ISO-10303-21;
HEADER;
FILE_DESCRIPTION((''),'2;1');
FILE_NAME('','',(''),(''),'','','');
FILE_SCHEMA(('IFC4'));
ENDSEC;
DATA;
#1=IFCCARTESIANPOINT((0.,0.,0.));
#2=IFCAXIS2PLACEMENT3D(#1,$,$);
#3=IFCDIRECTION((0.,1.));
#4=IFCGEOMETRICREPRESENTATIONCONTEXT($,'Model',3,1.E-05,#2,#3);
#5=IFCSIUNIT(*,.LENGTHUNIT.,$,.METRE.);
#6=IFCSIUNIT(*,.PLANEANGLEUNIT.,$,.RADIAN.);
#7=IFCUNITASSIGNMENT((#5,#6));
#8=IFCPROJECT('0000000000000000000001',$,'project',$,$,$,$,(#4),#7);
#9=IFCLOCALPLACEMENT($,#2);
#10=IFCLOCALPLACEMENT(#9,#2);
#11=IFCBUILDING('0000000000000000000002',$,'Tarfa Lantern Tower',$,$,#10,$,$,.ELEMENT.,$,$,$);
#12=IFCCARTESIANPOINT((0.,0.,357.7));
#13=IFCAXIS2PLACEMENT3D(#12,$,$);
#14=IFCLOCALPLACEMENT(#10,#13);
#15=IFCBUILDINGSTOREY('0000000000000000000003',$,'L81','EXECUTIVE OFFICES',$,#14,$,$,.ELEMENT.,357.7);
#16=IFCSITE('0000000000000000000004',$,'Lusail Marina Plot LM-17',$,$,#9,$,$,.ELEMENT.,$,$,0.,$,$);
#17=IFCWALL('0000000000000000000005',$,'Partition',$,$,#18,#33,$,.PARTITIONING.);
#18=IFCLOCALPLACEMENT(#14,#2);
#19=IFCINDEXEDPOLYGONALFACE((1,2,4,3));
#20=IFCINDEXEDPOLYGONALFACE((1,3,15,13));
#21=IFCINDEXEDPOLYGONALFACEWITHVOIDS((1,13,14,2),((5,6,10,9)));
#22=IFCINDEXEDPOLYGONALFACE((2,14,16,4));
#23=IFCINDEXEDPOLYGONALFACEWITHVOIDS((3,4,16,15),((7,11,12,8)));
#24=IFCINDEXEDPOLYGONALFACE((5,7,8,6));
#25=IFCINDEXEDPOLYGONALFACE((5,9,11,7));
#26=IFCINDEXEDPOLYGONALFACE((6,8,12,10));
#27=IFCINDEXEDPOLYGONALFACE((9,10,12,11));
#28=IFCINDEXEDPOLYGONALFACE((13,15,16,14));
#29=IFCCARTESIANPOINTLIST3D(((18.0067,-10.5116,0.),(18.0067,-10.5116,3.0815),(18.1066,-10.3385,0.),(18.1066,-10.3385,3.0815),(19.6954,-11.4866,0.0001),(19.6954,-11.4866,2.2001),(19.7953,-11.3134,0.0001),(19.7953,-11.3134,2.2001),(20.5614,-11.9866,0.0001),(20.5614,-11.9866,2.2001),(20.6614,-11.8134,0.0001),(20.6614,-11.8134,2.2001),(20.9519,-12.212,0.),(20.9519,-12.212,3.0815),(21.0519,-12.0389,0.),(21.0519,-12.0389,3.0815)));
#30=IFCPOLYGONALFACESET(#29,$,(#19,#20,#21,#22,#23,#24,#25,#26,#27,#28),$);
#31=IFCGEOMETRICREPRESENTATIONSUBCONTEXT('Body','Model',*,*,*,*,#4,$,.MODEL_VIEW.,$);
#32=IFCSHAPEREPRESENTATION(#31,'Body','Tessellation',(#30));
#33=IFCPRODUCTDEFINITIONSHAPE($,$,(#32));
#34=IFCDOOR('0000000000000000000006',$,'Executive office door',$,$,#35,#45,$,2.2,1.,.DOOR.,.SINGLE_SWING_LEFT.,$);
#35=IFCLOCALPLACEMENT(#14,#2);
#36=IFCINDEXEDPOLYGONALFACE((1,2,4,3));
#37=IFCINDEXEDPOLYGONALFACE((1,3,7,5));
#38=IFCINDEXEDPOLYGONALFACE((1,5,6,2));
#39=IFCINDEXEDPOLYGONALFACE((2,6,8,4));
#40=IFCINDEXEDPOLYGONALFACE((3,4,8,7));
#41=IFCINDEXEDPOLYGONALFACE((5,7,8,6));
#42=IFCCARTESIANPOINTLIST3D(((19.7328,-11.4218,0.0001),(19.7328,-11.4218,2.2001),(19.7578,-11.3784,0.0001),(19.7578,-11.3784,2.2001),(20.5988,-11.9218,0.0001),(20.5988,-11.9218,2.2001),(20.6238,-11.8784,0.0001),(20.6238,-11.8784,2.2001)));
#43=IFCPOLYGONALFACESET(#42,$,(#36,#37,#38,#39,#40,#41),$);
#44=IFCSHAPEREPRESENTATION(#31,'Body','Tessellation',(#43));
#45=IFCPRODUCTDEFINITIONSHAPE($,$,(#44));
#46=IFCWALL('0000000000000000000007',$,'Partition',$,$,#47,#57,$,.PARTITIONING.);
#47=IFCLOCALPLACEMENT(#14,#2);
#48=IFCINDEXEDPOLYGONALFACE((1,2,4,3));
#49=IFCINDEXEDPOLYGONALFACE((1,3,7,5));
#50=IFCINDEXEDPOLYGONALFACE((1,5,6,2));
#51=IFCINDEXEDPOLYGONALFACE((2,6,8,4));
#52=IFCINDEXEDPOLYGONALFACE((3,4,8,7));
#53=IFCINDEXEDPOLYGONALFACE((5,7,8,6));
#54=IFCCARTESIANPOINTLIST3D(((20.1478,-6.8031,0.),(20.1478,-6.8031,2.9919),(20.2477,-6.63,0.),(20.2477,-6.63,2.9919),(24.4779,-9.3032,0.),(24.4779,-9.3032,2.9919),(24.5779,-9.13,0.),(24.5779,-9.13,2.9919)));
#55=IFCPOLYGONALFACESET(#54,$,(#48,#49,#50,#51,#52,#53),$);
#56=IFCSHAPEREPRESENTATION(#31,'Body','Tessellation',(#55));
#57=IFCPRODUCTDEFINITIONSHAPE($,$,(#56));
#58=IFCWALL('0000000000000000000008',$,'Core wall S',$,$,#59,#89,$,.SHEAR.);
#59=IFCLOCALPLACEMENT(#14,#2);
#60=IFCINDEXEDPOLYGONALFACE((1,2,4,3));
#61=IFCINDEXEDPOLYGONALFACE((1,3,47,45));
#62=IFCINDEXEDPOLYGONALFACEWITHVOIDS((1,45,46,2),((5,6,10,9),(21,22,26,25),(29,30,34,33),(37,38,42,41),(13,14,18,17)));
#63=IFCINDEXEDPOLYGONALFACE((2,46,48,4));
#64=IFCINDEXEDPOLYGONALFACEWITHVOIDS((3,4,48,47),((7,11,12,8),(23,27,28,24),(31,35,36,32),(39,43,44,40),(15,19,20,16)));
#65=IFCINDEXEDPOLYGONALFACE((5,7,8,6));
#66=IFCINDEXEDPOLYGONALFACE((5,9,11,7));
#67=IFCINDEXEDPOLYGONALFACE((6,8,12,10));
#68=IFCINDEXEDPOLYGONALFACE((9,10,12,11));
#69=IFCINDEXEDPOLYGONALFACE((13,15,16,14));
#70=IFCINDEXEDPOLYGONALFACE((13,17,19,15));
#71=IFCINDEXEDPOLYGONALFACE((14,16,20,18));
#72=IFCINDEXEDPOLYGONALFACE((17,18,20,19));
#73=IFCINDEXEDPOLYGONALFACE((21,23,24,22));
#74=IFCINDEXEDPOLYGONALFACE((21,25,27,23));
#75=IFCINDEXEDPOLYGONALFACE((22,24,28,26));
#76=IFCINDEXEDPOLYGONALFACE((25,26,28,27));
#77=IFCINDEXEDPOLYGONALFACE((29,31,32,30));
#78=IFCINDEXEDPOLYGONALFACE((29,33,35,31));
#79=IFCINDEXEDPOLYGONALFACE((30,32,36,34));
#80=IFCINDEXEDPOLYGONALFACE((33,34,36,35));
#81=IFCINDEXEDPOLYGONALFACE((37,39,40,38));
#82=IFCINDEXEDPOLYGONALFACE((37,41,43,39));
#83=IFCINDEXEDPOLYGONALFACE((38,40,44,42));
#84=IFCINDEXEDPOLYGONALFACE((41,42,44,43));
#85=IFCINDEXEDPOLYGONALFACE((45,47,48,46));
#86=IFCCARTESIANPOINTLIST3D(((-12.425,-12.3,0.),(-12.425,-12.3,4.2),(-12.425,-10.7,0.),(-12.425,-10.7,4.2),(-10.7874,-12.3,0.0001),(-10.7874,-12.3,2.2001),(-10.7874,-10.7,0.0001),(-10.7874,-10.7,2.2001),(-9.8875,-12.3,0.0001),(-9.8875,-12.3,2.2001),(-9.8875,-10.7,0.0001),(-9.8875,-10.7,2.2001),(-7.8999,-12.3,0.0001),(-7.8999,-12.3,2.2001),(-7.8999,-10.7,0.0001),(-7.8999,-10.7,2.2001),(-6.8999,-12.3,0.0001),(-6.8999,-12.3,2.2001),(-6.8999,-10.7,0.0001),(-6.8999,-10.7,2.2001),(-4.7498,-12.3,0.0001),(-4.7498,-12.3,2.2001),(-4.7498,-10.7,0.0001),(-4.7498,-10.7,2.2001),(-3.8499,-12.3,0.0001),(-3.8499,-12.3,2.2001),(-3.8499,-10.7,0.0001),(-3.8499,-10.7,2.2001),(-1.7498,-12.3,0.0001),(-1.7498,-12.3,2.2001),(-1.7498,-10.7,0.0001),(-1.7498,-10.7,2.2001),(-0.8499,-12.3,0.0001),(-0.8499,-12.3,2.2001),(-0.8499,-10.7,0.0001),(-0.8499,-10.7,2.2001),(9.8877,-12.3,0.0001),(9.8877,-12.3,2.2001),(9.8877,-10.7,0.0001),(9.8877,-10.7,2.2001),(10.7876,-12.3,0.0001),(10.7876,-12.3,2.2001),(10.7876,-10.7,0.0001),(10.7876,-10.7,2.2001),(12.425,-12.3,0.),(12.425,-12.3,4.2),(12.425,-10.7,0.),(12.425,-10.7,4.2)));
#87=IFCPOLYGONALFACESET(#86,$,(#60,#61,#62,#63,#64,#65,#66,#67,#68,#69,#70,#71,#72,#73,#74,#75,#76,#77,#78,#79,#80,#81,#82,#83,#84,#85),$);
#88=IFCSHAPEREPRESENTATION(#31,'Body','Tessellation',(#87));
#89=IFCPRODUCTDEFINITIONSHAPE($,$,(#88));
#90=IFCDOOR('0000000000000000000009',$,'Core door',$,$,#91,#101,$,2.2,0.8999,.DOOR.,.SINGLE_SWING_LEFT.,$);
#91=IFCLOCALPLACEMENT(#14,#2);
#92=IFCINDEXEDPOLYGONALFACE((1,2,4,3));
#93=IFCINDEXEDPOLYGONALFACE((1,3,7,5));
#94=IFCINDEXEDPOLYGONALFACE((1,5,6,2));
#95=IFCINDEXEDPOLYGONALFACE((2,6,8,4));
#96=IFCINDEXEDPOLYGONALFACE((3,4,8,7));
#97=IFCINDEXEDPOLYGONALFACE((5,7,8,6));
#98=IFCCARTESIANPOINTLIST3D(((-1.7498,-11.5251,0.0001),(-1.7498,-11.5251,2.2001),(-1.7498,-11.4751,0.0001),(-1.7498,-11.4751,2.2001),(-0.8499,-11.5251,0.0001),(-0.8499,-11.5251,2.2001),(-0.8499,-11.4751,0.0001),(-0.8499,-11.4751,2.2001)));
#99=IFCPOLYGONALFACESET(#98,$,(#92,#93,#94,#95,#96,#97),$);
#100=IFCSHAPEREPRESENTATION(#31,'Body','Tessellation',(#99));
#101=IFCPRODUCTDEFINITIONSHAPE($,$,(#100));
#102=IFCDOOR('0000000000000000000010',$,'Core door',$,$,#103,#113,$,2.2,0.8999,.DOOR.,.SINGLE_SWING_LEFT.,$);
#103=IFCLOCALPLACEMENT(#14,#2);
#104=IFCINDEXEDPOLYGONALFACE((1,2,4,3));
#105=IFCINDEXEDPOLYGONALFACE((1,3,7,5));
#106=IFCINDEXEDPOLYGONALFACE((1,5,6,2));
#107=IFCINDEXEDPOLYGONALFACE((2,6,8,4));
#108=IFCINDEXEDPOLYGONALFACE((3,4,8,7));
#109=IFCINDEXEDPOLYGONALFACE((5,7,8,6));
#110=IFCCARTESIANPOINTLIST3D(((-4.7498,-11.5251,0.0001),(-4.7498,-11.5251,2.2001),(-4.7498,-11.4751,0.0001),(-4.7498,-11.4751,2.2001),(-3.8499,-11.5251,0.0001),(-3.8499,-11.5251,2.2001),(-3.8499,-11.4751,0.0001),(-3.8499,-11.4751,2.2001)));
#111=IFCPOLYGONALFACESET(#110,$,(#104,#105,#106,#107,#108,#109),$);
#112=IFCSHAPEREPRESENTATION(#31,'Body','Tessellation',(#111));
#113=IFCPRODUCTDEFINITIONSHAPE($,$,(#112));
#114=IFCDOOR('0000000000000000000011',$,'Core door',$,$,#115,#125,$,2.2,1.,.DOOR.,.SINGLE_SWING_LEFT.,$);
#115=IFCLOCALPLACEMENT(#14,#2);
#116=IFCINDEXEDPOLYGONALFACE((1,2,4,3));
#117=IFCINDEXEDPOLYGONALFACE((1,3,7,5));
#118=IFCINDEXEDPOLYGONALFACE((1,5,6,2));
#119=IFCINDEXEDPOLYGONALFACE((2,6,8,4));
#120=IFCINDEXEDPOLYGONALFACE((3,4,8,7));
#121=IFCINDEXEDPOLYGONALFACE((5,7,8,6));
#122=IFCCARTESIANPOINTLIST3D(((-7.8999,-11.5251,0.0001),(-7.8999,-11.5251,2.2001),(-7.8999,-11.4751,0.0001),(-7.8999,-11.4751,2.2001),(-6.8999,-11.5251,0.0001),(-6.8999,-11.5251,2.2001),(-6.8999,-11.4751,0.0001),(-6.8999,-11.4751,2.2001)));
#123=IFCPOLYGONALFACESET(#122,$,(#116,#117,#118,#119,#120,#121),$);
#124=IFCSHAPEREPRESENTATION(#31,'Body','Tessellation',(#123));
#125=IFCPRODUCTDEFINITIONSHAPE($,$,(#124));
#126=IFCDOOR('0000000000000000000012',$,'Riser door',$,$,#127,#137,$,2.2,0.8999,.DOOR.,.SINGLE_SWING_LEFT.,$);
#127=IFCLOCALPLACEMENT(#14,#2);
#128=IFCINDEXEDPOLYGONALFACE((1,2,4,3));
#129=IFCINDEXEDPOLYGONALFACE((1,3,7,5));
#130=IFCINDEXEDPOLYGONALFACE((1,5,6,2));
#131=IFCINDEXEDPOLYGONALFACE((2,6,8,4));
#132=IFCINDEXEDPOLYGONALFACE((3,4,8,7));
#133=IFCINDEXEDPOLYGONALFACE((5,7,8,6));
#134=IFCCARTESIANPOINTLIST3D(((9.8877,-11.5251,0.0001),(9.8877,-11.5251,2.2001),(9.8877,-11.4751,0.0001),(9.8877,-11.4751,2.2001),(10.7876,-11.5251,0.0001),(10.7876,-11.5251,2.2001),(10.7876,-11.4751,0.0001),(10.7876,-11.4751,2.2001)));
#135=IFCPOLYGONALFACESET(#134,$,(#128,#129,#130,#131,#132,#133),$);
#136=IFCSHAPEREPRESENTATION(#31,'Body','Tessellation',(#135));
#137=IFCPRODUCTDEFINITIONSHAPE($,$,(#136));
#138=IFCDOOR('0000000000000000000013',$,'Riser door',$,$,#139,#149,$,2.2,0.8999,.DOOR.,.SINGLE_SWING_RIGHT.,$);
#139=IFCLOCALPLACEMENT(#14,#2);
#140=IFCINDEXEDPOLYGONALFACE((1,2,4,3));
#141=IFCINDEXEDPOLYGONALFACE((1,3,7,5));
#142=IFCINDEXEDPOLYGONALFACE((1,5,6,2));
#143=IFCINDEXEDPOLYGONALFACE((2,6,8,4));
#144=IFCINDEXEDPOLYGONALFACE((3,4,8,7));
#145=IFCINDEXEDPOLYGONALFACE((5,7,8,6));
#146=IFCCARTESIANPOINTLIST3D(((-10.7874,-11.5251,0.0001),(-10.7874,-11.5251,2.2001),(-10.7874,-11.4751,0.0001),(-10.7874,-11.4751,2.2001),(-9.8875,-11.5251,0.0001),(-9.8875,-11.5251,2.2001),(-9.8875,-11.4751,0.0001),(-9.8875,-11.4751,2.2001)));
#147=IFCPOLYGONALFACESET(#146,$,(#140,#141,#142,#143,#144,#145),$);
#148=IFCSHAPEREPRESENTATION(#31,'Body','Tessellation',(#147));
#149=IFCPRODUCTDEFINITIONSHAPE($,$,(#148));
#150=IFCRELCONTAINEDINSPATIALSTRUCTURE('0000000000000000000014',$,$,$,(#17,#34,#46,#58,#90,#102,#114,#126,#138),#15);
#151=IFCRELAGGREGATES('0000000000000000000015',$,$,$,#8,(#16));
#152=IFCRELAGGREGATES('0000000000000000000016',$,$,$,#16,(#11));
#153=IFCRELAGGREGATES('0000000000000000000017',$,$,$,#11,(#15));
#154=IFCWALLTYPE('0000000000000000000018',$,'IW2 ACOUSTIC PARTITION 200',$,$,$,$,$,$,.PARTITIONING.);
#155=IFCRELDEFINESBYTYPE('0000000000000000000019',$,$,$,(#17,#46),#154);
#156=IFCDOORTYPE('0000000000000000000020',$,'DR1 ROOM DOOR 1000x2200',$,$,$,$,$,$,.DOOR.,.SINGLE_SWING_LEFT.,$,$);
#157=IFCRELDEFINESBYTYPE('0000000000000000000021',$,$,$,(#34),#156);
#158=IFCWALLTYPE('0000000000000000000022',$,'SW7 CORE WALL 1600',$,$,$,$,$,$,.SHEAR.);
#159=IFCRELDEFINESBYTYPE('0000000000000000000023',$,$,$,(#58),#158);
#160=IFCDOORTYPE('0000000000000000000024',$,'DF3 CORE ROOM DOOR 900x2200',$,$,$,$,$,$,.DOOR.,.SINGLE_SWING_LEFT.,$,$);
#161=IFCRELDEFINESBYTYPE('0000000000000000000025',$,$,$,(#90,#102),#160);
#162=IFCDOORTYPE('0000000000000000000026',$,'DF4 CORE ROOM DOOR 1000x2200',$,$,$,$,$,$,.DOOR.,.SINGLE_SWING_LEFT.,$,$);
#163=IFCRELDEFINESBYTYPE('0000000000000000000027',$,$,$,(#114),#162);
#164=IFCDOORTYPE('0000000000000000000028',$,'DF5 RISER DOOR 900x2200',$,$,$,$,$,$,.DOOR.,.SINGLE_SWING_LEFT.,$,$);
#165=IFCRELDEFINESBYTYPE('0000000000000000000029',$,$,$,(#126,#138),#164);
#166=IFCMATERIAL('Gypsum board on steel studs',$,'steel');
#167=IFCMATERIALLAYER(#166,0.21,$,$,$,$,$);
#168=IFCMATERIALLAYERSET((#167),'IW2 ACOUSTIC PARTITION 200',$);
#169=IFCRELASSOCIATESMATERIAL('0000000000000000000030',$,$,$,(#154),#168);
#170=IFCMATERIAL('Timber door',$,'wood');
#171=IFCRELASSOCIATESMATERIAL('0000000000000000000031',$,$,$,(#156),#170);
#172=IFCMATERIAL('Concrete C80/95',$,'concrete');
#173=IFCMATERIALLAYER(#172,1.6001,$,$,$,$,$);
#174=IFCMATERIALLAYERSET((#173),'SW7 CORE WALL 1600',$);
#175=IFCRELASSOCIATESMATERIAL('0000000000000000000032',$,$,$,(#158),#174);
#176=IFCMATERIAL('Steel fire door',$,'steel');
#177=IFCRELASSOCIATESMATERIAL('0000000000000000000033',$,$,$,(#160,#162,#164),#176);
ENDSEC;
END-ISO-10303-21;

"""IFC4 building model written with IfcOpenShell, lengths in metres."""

from ifc_helpers import new_model, si_unit, direction, frame, frame_2d, origin, place, context, subcontext, project, spatial, rectangle, extrude, material, layer, layer_set, type_object, element, fill, save


model = new_model("IFC4")

# Units and contexts
model_context = context("Model", 3, precision=1e-05, world=origin(), true_north=direction((0.0, 1.0)))
body_context = subcontext(model_context, "Body", "Model", "MODEL_VIEW")
ifc_project = project(units=[si_unit("LENGTHUNIT", "METRE"), si_unit("PLANEANGLEUNIT", "RADIAN")], contexts=[model_context])

# Site, building, storey
site_placement = place(None, origin())
site = spatial("IfcSite", under=ifc_project, at=site_placement, Name="Lusail Marina Plot LM-17", CompositionType="ELEMENT", RefElevation=0.0)
building_placement = place(site_placement, origin())
building = spatial("IfcBuilding", under=site, at=building_placement, Name="Tarfa Lantern Tower", CompositionType="ELEMENT")
storey_placement = place(building_placement, frame((0.0, 0.0, 357.7)))
storey = spatial("IfcBuildingStorey", under=building, at=storey_placement, Name="L81", Description="EXECUTIVE OFFICES", CompositionType="ELEMENT", Elevation=357.7)

# Shared definitions
ifc_material_1 = material(Name="Concrete C80/95", Category="concrete")

# Wall, opening, door
ifc_material_2 = material(Name="Gypsum board on steel studs", Category="steel")
ifc_layer_1 = layer(ifc_material_2, 0.21)
ifc_layer_set_1 = layer_set([ifc_layer_1], Name="IW2 ACOUSTIC PARTITION 200")
wall_type_1 = type_object("IfcWallType", Name="IW2 ACOUSTIC PARTITION 200", PredefinedType="PARTITIONING", material=ifc_layer_set_1)
wall_1_placement = place(storey_placement, frame((18.0566, -10.425, 0.0), z_axis=(0.0, 0.0, 1.0), x_axis=(0.86603, -0.499992, 0.0)))
wall_1 = element("IfcWall", 1, at=wall_1_placement, inside=storey, type_object=wall_type_1, Name="Partition", PredefinedType="PARTITIONING", context=body_context, shape_type="SweptSolid", body=[
    extrude(rectangle(XDim=3.4009, YDim=0.2, at=frame_2d((1.7004, 0.0))), origin(), (0.0, 0.0, 1.0), 3.0815),
])
opening_1_placement = place(wall_1_placement, frame((1.95, 0.0, 0.0)))
opening_1 = element("IfcOpeningElement", 2, at=opening_1_placement, cuts=wall_1, PredefinedType="OPENING", context=body_context, shape_type="SweptSolid", body=[
    extrude(rectangle(XDim=1.0, YDim=2.2, at=frame_2d((0.5, 1.1001))), frame((0.0, 0.1099, 0.0), z_axis=(0.0, -1.0, 0.0), x_axis=(1.0, 0.0, 0.0)), (0.0, 0.0, 1.0), 0.22),
])
ifc_material_3 = material(Name="Timber door", Category="wood")
door_type_1 = type_object("IfcDoorType", Name="DR1 ROOM DOOR 1000x2200", OperationType="SINGLE_SWING_LEFT", PredefinedType="DOOR", material=ifc_material_3)
door_1_placement = place(opening_1_placement, origin())
door_1 = element("IfcDoor", 3, at=door_1_placement, inside=storey, type_object=door_type_1, Name="Executive office door", OperationType="SINGLE_SWING_LEFT", OverallHeight=2.2, OverallWidth=1.0, PredefinedType="DOOR", context=body_context, shape_type="SweptSolid", body=[
    extrude(rectangle(XDim=1.0, YDim=2.2, at=frame_2d((0.5, 1.1001))), frame((0.0, 0.0249, 0.0), z_axis=(0.0, -1.0, 0.0), x_axis=(1.0, 0.0, 0.0)), (0.0, 0.0, 1.0), 0.05),
])
fill(opening_1, door_1)

# Wall
wall_2_placement = place(storey_placement, frame((20.1978, -6.7166, 0.0), z_axis=(0.0, 0.0, 1.0), x_axis=(0.866023, -0.500004, 0.0)))
element("IfcWall", 4, at=wall_2_placement, inside=storey, type_object=wall_type_1, Name="Partition", PredefinedType="PARTITIONING", context=body_context, shape_type="SweptSolid", body=[
    extrude(rectangle(XDim=5.0, YDim=0.2, at=frame_2d((2.5, 0.0))), origin(), (0.0, 0.0, 1.0), 2.9919),
])

# Shared definitions
ifc_material_4 = material(Name="Steel fire door", Category="steel")

# Wall, openings, doors
ifc_layer_2 = layer(ifc_material_1, 1.6001)
ifc_layer_set_2 = layer_set([ifc_layer_2], Name="SW7 CORE WALL 1600")
wall_type_2 = type_object("IfcWallType", Name="SW7 CORE WALL 1600", PredefinedType="SHEAR", material=ifc_layer_set_2)
wall_3_placement = place(storey_placement, frame((12.425, -11.5, 0.0), z_axis=(0.0, 0.0, 1.0), x_axis=(-1.0, 0.0, 0.0)))
wall_3 = element("IfcWall", 5, at=wall_3_placement, inside=storey, type_object=wall_type_2, Name="Core wall S", PredefinedType="SHEAR", context=body_context, shape_type="SweptSolid", body=[
    extrude(rectangle(XDim=24.8501, YDim=1.6001, at=frame_2d((12.425, 0.0))), origin(), (0.0, 0.0, 1.0), 4.2),
])
opening_2_placement = place(wall_3_placement, frame((13.2749, 0.0, 0.0)))
opening_2 = element("IfcOpeningElement", 6, at=opening_2_placement, cuts=wall_3, PredefinedType="OPENING", context=body_context, shape_type="SweptSolid", body=[
    extrude(rectangle(XDim=0.8999, YDim=2.2, at=frame_2d((0.45, 1.1001))), frame((0.0, 0.8101, 0.0), z_axis=(0.0, -1.0, 0.0), x_axis=(1.0, 0.0, 0.0)), (0.0, 0.0, 1.0), 1.6201),
])
opening_3_placement = place(wall_3_placement, frame((16.2749, 0.0, 0.0)))
opening_3 = element("IfcOpeningElement", 7, at=opening_3_placement, cuts=wall_3, PredefinedType="OPENING", context=body_context, shape_type="SweptSolid", body=[
    extrude(rectangle(XDim=0.8999, YDim=2.2, at=frame_2d((0.45, 1.1001))), frame((0.0, 0.8101, 0.0), z_axis=(0.0, -1.0, 0.0), x_axis=(1.0, 0.0, 0.0)), (0.0, 0.0, 1.0), 1.6201),
])
opening_4_placement = place(wall_3_placement, frame((19.325, 0.0, 0.0)))
opening_4 = element("IfcOpeningElement", 8, at=opening_4_placement, cuts=wall_3, PredefinedType="OPENING", context=body_context, shape_type="SweptSolid", body=[
    extrude(rectangle(XDim=1.0, YDim=2.2, at=frame_2d((0.5, 1.1001))), frame((0.0, 0.8101, 0.0), z_axis=(0.0, -1.0, 0.0), x_axis=(1.0, 0.0, 0.0)), (0.0, 0.0, 1.0), 1.6201),
])
opening_5_placement = place(wall_3_placement, frame((1.6375, 0.0, 0.0)))
opening_5 = element("IfcOpeningElement", 9, at=opening_5_placement, cuts=wall_3, PredefinedType="OPENING", context=body_context, shape_type="SweptSolid", body=[
    extrude(rectangle(XDim=0.8999, YDim=2.2, at=frame_2d((0.45, 1.1001))), frame((0.0, 0.8101, 0.0), z_axis=(0.0, -1.0, 0.0), x_axis=(1.0, 0.0, 0.0)), (0.0, 0.0, 1.0), 1.6201),
])
opening_6_placement = place(wall_3_placement, frame((22.3125, 0.0, 0.0)))
opening_6 = element("IfcOpeningElement", 10, at=opening_6_placement, cuts=wall_3, PredefinedType="OPENING", context=body_context, shape_type="SweptSolid", body=[
    extrude(rectangle(XDim=0.8999, YDim=2.2, at=frame_2d((0.45, 1.1001))), frame((0.0, 0.8101, 0.0), z_axis=(0.0, -1.0, 0.0), x_axis=(1.0, 0.0, 0.0)), (0.0, 0.0, 1.0), 1.6201),
])
door_type_2 = type_object("IfcDoorType", Name="DF3 CORE ROOM DOOR 900x2200", OperationType="SINGLE_SWING_LEFT", PredefinedType="DOOR", material=ifc_material_4)
door_2_placement = place(opening_2_placement, frame((0.8999, 0.0, 0.0), z_axis=(0.0, 0.0, 1.0), x_axis=(-1.0, 0.0, 0.0)))
door_2 = element("IfcDoor", 11, at=door_2_placement, inside=storey, type_object=door_type_2, Name="Core door", OperationType="SINGLE_SWING_LEFT", OverallHeight=2.2, OverallWidth=0.8999, PredefinedType="DOOR", context=body_context, shape_type="SweptSolid", body=[
    extrude(rectangle(XDim=0.8999, YDim=2.2, at=frame_2d((0.45, 1.1001))), frame((0.0, 0.0249, 0.0), z_axis=(0.0, -1.0, 0.0), x_axis=(1.0, 0.0, 0.0)), (0.0, 0.0, 1.0), 0.05),
])
fill(opening_2, door_2)
door_3_placement = place(opening_3_placement, frame((0.8999, 0.0, 0.0), z_axis=(0.0, 0.0, 1.0), x_axis=(-1.0, 0.0, 0.0)))
door_3 = element("IfcDoor", 12, at=door_3_placement, inside=storey, type_object=door_type_2, Name="Core door", OperationType="SINGLE_SWING_LEFT", OverallHeight=2.2, OverallWidth=0.8999, PredefinedType="DOOR", context=body_context, shape_type="SweptSolid", body=[
    extrude(rectangle(XDim=0.8999, YDim=2.2, at=frame_2d((0.45, 1.1001))), frame((0.0, 0.0249, 0.0), z_axis=(0.0, -1.0, 0.0), x_axis=(1.0, 0.0, 0.0)), (0.0, 0.0, 1.0), 0.05),
])
fill(opening_3, door_3)
door_type_3 = type_object("IfcDoorType", Name="DF4 CORE ROOM DOOR 1000x2200", OperationType="SINGLE_SWING_LEFT", PredefinedType="DOOR", material=ifc_material_4)
door_4_placement = place(opening_4_placement, frame((1.0, 0.0, 0.0), z_axis=(0.0, 0.0, 1.0), x_axis=(-1.0, 0.0, 0.0)))
door_4 = element("IfcDoor", 13, at=door_4_placement, inside=storey, type_object=door_type_3, Name="Core door", OperationType="SINGLE_SWING_LEFT", OverallHeight=2.2, OverallWidth=1.0, PredefinedType="DOOR", context=body_context, shape_type="SweptSolid", body=[
    extrude(rectangle(XDim=1.0, YDim=2.2, at=frame_2d((0.5, 1.1001))), frame((0.0, 0.0249, 0.0), z_axis=(0.0, -1.0, 0.0), x_axis=(1.0, 0.0, 0.0)), (0.0, 0.0, 1.0), 0.05),
])
fill(opening_4, door_4)
door_type_4 = type_object("IfcDoorType", Name="DF5 RISER DOOR 900x2200", OperationType="SINGLE_SWING_LEFT", PredefinedType="DOOR", material=ifc_material_4)
door_5_placement = place(opening_5_placement, frame((0.8999, 0.0, 0.0), z_axis=(0.0, 0.0, 1.0), x_axis=(-1.0, 0.0, 0.0)))
door_5 = element("IfcDoor", 14, at=door_5_placement, inside=storey, type_object=door_type_4, Name="Riser door", OperationType="SINGLE_SWING_LEFT", OverallHeight=2.2, OverallWidth=0.8999, PredefinedType="DOOR", context=body_context, shape_type="SweptSolid", body=[
    extrude(rectangle(XDim=0.8999, YDim=2.2, at=frame_2d((0.45, 1.1001))), frame((0.0, 0.0249, 0.0), z_axis=(0.0, -1.0, 0.0), x_axis=(1.0, 0.0, 0.0)), (0.0, 0.0, 1.0), 0.05),
])
fill(opening_5, door_5)
door_6_placement = place(opening_6_placement, frame((0.8999, 0.0, 0.0), z_axis=(0.0, 0.0, 1.0), x_axis=(-1.0, 0.0, 0.0)))
door_6 = element("IfcDoor", 15, at=door_6_placement, inside=storey, type_object=door_type_4, Name="Riser door", OperationType="SINGLE_SWING_RIGHT", OverallHeight=2.2, OverallWidth=0.8999, PredefinedType="DOOR", context=body_context, shape_type="SweptSolid", body=[
    extrude(rectangle(XDim=0.8999, YDim=2.2, at=frame_2d((0.45, 1.1001))), frame((0.0, 0.0249, 0.0), z_axis=(0.0, -1.0, 0.0), x_axis=(1.0, 0.0, 0.0)), (0.0, 0.0, 1.0), 0.05),
])
fill(opening_6, door_6)

save(model, "model.ifc")
